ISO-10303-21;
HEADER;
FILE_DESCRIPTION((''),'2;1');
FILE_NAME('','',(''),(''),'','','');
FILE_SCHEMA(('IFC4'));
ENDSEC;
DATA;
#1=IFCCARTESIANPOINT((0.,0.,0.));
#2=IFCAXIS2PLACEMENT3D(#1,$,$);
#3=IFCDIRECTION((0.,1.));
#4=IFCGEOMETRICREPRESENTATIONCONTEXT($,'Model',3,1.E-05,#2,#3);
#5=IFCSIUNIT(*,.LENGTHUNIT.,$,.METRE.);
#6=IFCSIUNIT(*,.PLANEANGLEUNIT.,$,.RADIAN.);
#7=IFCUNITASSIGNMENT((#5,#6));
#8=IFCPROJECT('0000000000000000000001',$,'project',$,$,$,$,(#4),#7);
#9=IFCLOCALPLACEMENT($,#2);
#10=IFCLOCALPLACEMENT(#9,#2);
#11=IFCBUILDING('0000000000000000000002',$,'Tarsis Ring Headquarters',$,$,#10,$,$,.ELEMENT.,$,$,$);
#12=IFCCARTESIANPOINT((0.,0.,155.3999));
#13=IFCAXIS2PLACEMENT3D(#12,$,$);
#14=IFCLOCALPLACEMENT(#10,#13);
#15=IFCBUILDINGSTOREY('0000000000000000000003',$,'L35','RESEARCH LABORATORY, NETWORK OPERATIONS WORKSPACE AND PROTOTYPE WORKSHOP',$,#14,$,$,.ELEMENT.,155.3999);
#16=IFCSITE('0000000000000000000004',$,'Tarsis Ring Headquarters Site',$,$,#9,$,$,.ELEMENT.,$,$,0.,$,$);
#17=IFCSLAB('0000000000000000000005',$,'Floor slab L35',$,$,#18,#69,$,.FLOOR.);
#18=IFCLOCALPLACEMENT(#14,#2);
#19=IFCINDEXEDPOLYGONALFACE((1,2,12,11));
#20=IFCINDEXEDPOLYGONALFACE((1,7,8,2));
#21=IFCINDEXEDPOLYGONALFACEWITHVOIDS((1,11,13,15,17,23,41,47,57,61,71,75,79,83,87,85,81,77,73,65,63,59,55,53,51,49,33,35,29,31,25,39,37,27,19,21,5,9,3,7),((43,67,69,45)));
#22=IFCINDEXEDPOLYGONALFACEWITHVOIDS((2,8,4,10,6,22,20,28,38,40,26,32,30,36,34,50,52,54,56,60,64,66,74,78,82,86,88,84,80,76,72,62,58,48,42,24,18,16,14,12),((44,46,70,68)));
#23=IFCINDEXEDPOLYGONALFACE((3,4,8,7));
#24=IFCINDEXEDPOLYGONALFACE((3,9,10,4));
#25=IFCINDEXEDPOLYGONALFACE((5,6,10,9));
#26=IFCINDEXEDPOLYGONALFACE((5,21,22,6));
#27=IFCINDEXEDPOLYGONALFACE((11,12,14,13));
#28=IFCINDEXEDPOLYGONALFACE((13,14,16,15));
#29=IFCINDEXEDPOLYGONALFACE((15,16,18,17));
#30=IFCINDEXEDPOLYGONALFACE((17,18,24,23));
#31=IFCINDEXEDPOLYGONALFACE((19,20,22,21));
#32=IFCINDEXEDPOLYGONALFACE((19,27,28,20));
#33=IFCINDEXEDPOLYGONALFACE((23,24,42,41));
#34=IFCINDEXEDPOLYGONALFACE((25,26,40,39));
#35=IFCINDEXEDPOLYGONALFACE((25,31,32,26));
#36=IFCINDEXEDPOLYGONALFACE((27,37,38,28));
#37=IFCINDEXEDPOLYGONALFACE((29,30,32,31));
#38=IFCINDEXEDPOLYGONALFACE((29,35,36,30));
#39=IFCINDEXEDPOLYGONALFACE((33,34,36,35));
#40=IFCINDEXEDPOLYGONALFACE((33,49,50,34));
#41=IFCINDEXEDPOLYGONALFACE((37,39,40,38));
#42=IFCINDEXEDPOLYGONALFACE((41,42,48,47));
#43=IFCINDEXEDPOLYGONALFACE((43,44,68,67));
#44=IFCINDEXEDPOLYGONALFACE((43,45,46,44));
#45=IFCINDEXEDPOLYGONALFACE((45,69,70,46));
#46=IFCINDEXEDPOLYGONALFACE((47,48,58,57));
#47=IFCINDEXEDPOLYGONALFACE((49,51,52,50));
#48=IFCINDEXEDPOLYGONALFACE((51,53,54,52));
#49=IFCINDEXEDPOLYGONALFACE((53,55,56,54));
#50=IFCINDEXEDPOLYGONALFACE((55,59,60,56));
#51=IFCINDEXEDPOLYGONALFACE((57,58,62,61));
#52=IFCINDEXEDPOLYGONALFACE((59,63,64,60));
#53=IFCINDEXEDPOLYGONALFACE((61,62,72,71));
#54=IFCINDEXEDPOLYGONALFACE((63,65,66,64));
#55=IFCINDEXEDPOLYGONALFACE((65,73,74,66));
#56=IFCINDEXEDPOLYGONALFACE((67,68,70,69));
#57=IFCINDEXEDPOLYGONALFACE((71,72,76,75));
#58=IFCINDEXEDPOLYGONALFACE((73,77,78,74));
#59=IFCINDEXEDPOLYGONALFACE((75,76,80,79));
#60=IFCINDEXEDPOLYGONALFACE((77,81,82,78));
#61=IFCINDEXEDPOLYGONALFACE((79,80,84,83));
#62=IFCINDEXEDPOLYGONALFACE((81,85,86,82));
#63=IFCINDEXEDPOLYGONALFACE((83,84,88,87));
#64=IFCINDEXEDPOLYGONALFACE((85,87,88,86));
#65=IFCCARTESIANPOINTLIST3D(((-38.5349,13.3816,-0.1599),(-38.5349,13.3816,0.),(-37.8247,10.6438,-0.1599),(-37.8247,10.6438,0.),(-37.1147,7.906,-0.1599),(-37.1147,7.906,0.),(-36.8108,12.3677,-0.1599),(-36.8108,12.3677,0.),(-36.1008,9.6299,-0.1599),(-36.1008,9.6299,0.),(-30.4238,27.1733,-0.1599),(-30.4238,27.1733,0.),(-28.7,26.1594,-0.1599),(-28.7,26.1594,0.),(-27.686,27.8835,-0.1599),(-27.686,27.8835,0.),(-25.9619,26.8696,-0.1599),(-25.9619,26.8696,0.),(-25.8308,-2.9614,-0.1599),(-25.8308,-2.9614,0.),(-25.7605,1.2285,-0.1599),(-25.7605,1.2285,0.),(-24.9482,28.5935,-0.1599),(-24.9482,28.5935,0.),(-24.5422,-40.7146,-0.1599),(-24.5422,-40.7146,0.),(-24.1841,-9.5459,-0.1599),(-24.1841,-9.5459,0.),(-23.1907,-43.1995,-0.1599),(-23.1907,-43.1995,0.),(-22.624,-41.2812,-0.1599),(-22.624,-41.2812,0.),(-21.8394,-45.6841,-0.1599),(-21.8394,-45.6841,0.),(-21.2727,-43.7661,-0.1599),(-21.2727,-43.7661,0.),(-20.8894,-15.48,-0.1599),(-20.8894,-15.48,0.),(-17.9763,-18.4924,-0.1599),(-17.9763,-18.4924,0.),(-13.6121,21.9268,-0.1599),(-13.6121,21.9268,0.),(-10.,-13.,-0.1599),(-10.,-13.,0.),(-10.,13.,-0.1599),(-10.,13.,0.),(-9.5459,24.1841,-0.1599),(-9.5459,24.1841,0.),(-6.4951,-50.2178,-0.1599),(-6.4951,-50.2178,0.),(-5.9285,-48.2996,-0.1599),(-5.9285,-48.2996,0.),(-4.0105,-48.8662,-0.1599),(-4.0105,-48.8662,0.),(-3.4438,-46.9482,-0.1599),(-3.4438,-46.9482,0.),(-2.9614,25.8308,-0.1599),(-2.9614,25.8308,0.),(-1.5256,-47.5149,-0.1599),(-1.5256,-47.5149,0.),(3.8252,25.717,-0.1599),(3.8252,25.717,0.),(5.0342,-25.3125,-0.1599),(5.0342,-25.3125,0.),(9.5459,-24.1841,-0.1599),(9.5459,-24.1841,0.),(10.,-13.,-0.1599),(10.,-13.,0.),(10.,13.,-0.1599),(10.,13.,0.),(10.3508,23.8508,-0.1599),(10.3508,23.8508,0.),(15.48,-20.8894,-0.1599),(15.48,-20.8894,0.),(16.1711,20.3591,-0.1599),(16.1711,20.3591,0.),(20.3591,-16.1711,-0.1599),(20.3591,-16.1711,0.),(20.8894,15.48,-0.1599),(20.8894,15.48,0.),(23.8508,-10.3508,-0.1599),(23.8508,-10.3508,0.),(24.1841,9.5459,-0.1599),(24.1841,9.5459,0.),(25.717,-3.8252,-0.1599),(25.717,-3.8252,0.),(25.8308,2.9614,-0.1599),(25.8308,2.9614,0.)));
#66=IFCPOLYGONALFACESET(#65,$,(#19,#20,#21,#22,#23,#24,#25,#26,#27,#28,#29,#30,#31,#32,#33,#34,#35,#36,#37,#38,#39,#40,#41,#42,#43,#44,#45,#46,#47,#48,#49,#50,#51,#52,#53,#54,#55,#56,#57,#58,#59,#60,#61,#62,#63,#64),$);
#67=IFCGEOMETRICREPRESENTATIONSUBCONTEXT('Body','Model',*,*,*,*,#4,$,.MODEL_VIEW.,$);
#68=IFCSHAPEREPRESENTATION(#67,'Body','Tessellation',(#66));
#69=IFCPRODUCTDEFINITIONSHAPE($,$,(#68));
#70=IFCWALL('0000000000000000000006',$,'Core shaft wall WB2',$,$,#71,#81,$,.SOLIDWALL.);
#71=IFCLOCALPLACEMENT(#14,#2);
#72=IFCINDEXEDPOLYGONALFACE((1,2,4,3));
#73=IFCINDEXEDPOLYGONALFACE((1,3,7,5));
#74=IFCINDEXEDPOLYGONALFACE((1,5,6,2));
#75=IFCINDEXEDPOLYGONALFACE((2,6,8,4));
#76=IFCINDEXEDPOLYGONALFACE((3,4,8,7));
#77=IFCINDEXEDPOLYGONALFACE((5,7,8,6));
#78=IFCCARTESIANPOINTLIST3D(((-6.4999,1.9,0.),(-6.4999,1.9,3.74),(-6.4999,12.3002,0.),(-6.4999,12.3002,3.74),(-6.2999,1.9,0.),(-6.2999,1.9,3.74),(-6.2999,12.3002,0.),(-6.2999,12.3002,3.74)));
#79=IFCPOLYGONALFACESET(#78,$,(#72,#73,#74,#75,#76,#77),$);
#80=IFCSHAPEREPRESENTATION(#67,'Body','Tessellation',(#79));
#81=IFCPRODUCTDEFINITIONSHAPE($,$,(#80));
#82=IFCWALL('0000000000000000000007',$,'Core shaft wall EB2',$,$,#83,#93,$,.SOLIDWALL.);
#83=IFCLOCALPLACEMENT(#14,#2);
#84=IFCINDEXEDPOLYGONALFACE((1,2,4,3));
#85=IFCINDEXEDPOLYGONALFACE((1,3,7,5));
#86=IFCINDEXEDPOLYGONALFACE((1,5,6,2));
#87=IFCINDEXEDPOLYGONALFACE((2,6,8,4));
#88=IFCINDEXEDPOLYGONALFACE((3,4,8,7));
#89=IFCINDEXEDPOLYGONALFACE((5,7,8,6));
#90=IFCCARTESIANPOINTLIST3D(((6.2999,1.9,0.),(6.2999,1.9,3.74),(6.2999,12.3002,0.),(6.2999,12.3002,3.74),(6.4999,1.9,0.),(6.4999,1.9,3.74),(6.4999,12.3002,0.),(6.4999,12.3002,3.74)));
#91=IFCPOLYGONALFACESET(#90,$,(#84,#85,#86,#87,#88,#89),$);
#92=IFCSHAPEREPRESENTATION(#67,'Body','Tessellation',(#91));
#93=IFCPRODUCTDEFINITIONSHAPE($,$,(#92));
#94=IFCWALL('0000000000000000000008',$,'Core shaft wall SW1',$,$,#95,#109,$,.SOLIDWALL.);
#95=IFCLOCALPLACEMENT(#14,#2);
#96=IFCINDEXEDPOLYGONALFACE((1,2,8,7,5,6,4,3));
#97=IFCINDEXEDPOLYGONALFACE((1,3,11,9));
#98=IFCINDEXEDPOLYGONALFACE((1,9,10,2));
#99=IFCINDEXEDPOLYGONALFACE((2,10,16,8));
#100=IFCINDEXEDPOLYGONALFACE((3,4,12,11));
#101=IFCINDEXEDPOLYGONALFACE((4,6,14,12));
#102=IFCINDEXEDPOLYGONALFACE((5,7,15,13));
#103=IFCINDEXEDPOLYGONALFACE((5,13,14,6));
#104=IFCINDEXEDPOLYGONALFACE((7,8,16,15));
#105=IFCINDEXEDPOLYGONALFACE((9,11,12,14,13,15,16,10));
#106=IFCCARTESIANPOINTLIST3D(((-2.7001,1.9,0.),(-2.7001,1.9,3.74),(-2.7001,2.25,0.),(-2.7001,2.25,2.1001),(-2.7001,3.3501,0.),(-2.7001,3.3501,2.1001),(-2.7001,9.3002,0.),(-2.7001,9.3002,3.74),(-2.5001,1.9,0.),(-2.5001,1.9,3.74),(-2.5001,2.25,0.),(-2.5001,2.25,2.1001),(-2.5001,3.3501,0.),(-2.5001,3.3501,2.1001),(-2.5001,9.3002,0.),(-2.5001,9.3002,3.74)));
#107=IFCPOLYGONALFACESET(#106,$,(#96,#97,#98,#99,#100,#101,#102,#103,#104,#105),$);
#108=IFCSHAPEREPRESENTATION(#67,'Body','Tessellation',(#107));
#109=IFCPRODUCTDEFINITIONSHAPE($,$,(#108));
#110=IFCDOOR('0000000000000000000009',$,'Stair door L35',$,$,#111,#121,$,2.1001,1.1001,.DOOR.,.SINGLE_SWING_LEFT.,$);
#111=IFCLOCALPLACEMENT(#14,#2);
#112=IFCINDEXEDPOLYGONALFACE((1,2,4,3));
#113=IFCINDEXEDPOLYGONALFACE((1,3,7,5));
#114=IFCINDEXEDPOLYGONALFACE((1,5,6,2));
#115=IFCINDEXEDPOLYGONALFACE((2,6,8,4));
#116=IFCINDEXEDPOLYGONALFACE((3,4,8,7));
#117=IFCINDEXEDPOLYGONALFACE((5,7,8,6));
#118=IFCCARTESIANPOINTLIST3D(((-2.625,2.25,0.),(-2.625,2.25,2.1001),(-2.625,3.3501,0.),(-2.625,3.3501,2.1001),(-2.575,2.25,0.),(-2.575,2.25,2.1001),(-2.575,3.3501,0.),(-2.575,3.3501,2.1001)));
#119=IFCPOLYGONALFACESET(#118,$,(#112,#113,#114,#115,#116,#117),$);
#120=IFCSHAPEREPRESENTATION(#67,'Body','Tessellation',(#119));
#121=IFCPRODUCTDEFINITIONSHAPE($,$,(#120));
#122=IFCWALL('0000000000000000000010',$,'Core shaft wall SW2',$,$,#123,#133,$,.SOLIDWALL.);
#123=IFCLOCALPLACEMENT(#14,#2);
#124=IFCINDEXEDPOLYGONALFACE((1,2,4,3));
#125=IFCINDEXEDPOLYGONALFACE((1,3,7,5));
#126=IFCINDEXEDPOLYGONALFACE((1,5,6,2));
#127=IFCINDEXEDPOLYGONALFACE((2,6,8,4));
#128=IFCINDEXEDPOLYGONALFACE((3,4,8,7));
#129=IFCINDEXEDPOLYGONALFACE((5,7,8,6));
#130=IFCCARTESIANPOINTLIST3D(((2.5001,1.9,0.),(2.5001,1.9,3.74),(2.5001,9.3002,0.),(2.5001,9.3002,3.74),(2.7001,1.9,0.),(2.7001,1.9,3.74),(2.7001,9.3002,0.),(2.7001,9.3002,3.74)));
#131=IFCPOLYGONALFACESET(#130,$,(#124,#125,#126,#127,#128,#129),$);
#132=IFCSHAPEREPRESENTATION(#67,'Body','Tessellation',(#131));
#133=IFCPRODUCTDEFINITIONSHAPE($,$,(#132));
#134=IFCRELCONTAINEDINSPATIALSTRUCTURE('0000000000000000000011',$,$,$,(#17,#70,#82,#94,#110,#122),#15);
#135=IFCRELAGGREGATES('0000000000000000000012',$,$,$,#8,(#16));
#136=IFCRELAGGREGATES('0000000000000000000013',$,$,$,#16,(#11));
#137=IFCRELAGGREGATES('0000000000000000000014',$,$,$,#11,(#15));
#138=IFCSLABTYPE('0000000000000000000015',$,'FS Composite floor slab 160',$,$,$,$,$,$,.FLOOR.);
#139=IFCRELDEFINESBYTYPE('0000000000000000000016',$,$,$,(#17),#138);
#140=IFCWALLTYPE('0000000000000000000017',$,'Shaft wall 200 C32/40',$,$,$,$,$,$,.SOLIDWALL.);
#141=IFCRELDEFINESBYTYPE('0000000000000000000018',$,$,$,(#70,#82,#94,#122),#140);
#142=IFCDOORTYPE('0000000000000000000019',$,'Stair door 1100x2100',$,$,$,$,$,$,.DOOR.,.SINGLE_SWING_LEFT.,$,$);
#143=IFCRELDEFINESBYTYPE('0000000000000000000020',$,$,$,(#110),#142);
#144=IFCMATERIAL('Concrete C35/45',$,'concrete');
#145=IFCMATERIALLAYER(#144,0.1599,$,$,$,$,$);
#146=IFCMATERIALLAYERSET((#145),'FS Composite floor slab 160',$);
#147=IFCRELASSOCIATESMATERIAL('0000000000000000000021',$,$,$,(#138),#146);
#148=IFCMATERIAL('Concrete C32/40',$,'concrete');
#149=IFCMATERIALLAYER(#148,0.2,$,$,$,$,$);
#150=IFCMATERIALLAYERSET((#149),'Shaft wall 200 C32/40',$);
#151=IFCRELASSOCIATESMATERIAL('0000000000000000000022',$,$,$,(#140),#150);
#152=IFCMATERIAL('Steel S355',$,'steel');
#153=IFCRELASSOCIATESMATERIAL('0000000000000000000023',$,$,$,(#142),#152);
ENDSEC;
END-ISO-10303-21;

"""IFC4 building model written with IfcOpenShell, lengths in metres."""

from ifc_helpers import new_model, si_unit, direction, frame, frame_2d, origin, place, context, subcontext, project, spatial, polyline, rectangle, outline, extrude, material, layer, layer_set, type_object, element, fill, save


model = new_model("IFC4")

# Units and contexts
model_context = context("Model", 3, precision=1e-05, world=origin(), true_north=direction((0.0, 1.0)))
body_context = subcontext(model_context, "Body", "Model", "MODEL_VIEW")
ifc_project = project(units=[si_unit("LENGTHUNIT", "METRE"), si_unit("PLANEANGLEUNIT", "RADIAN")], contexts=[model_context])

# Site, building, storey
site_placement = place(None, origin())
site = spatial("IfcSite", under=ifc_project, at=site_placement, Name="Tarsis Ring Headquarters Site", CompositionType="ELEMENT", RefElevation=0.0)
building_placement = place(site_placement, origin())
building = spatial("IfcBuilding", under=site, at=building_placement, Name="Tarsis Ring Headquarters", CompositionType="ELEMENT")
storey_placement = place(building_placement, frame((0.0, 0.0, 155.3999)))
storey = spatial("IfcBuildingStorey", under=building, at=storey_placement, Name="L35", Description="RESEARCH LABORATORY, NETWORK OPERATIONS WORKSPACE AND PROTOTYPE WORKSHOP", CompositionType="ELEMENT", Elevation=155.3999)

# Slab
ifc_material_1 = material(Name="Concrete C35/45", Category="concrete")
ifc_layer_1 = layer(ifc_material_1, 0.1599)
ifc_layer_set_1 = layer_set([ifc_layer_1], Name="FS Composite floor slab 160")
slab_type_1 = type_object("IfcSlabType", Name="FS Composite floor slab 160", PredefinedType="FLOOR", material=ifc_layer_set_1)
slab_1_placement = place(storey_placement, frame((0.0, 0.0, -0.1599)))
element("IfcSlab", 1, at=slab_1_placement, inside=storey, type_object=slab_type_1, Name="Floor slab L35", PredefinedType="FLOOR", context=body_context, shape_type="SweptSolid", body=[
    extrude(outline(polyline([(-25.7605, 1.2285), (-25.8308, -2.9614), (-24.1841, -9.5459), (-20.8894, -15.48), (-17.9763, -18.4924), (-24.5422, -40.7146), (-22.624, -41.2812), (-23.1907, -43.1995), (-21.2727, -43.7661), (-21.8394, -45.6841), (-6.4951, -50.2178), (-5.9285, -48.2996), (-4.0105, -48.8662), (-3.4438, -46.9482), (-1.5256, -47.5149), (5.0342, -25.3125), (9.5459, -24.1841), (15.48, -20.8894), (20.3591, -16.1711), (23.8508, -10.3508), (25.717, -3.8252), (25.8308, 2.9614), (24.1841, 9.5459), (20.8894, 15.48), (16.1711, 20.3591), (10.3508, 23.8508), (3.8252, 25.717), (-2.9614, 25.8308), (-9.5459, 24.1841), (-13.6121, 21.9268), (-24.9482, 28.5935), (-25.9619, 26.8696), (-27.686, 27.8835), (-28.7, 26.1594), (-30.4238, 27.1733), (-38.5349, 13.3816), (-36.8108, 12.3677), (-37.8247, 10.6438), (-36.1008, 9.6299), (-37.1147, 7.906), (-25.7605, 1.2285)]), holes=[polyline([(-10.0, -13.0), (-10.0, 13.0), (10.0, 13.0), (10.0, -13.0), (-10.0, -13.0)])]), origin(), (0.0, 0.0, 1.0), 0.1599),
])

# Walls
ifc_material_2 = material(Name="Concrete C32/40", Category="concrete")
ifc_layer_2 = layer(ifc_material_2, 0.2)
ifc_layer_set_2 = layer_set([ifc_layer_2], Name="Shaft wall 200 C32/40")
wall_type = type_object("IfcWallType", Name="Shaft wall 200 C32/40", PredefinedType="SOLIDWALL", material=ifc_layer_set_2)
for number, where, z_axis, x_axis, name in (
    (2, (-6.3999, 1.8999, 0.0), (0.0, 0.0, 1.0), (0.0, 1.0, 0.0), "Core shaft wall WB2"),
    (3, (6.3999, 1.8999, 0.0), (0.0, 0.0, 1.0), (0.0, 1.0, 0.0), "Core shaft wall EB2"),
):
    element("IfcWall", number, at=place(storey_placement, frame(where, z_axis=z_axis, x_axis=x_axis)), inside=storey, type_object=wall_type, Name=name, PredefinedType="SOLIDWALL", context=body_context, shape_type="SweptSolid", body=[
        extrude(rectangle(XDim=10.4001, YDim=0.2, at=frame_2d((5.2002, 0.0))), origin(), (0.0, 0.0, 1.0), 3.74),
    ])

# Wall, opening, door
wall_1_placement = place(storey_placement, frame((-2.6001, 1.8999, 0.0), z_axis=(0.0, 0.0, 1.0), x_axis=(0.0, 1.0, 0.0)))
wall_1 = element("IfcWall", 4, at=wall_1_placement, inside=storey, type_object=wall_type, Name="Core shaft wall SW1", PredefinedType="SOLIDWALL", context=body_context, shape_type="SweptSolid", body=[
    extrude(rectangle(XDim=7.4001, YDim=0.2, at=frame_2d((3.7002, 0.0))), origin(), (0.0, 0.0, 1.0), 3.74),
])
opening_placement = place(wall_1_placement, frame((0.3501, 0.0, 0.0)))
opening = element("IfcOpeningElement", 5, at=opening_placement, cuts=wall_1, PredefinedType="OPENING", context=body_context, shape_type="SweptSolid", body=[
    extrude(rectangle(XDim=1.1001, YDim=2.1001, at=frame_2d((0.55, 1.05))), frame((0.0, 0.1099, 0.0), z_axis=(0.0, -1.0, 0.0), x_axis=(1.0, 0.0, 0.0)), (0.0, 0.0, 1.0), 0.22),
])
ifc_material_3 = material(Name="Steel S355", Category="steel")
door_type = type_object("IfcDoorType", Name="Stair door 1100x2100", OperationType="SINGLE_SWING_LEFT", PredefinedType="DOOR", material=ifc_material_3)
door_placement = place(opening_placement, origin())
door = element("IfcDoor", 6, at=door_placement, inside=storey, type_object=door_type, Name="Stair door L35", OperationType="SINGLE_SWING_LEFT", OverallHeight=2.1001, OverallWidth=1.1001, PredefinedType="DOOR", context=body_context, shape_type="SweptSolid", body=[
    extrude(rectangle(XDim=1.1001, YDim=2.1001, at=frame_2d((0.55, 1.05))), frame((0.0, 0.0249, 0.0), z_axis=(0.0, -1.0, 0.0), x_axis=(1.0, 0.0, 0.0)), (0.0, 0.0, 1.0), 0.05),
])
fill(opening, door)

# Wall
wall_2_placement = place(storey_placement, frame((2.6001, 1.8999, 0.0), z_axis=(0.0, 0.0, 1.0), x_axis=(0.0, 1.0, 0.0)))
element("IfcWall", 7, at=wall_2_placement, inside=storey, type_object=wall_type, Name="Core shaft wall SW2", PredefinedType="SOLIDWALL", context=body_context, shape_type="SweptSolid", body=[
    extrude(rectangle(XDim=7.4001, YDim=0.2, at=frame_2d((3.7002, 0.0))), origin(), (0.0, 0.0, 1.0), 3.74),
])

save(model, "model.ifc")
